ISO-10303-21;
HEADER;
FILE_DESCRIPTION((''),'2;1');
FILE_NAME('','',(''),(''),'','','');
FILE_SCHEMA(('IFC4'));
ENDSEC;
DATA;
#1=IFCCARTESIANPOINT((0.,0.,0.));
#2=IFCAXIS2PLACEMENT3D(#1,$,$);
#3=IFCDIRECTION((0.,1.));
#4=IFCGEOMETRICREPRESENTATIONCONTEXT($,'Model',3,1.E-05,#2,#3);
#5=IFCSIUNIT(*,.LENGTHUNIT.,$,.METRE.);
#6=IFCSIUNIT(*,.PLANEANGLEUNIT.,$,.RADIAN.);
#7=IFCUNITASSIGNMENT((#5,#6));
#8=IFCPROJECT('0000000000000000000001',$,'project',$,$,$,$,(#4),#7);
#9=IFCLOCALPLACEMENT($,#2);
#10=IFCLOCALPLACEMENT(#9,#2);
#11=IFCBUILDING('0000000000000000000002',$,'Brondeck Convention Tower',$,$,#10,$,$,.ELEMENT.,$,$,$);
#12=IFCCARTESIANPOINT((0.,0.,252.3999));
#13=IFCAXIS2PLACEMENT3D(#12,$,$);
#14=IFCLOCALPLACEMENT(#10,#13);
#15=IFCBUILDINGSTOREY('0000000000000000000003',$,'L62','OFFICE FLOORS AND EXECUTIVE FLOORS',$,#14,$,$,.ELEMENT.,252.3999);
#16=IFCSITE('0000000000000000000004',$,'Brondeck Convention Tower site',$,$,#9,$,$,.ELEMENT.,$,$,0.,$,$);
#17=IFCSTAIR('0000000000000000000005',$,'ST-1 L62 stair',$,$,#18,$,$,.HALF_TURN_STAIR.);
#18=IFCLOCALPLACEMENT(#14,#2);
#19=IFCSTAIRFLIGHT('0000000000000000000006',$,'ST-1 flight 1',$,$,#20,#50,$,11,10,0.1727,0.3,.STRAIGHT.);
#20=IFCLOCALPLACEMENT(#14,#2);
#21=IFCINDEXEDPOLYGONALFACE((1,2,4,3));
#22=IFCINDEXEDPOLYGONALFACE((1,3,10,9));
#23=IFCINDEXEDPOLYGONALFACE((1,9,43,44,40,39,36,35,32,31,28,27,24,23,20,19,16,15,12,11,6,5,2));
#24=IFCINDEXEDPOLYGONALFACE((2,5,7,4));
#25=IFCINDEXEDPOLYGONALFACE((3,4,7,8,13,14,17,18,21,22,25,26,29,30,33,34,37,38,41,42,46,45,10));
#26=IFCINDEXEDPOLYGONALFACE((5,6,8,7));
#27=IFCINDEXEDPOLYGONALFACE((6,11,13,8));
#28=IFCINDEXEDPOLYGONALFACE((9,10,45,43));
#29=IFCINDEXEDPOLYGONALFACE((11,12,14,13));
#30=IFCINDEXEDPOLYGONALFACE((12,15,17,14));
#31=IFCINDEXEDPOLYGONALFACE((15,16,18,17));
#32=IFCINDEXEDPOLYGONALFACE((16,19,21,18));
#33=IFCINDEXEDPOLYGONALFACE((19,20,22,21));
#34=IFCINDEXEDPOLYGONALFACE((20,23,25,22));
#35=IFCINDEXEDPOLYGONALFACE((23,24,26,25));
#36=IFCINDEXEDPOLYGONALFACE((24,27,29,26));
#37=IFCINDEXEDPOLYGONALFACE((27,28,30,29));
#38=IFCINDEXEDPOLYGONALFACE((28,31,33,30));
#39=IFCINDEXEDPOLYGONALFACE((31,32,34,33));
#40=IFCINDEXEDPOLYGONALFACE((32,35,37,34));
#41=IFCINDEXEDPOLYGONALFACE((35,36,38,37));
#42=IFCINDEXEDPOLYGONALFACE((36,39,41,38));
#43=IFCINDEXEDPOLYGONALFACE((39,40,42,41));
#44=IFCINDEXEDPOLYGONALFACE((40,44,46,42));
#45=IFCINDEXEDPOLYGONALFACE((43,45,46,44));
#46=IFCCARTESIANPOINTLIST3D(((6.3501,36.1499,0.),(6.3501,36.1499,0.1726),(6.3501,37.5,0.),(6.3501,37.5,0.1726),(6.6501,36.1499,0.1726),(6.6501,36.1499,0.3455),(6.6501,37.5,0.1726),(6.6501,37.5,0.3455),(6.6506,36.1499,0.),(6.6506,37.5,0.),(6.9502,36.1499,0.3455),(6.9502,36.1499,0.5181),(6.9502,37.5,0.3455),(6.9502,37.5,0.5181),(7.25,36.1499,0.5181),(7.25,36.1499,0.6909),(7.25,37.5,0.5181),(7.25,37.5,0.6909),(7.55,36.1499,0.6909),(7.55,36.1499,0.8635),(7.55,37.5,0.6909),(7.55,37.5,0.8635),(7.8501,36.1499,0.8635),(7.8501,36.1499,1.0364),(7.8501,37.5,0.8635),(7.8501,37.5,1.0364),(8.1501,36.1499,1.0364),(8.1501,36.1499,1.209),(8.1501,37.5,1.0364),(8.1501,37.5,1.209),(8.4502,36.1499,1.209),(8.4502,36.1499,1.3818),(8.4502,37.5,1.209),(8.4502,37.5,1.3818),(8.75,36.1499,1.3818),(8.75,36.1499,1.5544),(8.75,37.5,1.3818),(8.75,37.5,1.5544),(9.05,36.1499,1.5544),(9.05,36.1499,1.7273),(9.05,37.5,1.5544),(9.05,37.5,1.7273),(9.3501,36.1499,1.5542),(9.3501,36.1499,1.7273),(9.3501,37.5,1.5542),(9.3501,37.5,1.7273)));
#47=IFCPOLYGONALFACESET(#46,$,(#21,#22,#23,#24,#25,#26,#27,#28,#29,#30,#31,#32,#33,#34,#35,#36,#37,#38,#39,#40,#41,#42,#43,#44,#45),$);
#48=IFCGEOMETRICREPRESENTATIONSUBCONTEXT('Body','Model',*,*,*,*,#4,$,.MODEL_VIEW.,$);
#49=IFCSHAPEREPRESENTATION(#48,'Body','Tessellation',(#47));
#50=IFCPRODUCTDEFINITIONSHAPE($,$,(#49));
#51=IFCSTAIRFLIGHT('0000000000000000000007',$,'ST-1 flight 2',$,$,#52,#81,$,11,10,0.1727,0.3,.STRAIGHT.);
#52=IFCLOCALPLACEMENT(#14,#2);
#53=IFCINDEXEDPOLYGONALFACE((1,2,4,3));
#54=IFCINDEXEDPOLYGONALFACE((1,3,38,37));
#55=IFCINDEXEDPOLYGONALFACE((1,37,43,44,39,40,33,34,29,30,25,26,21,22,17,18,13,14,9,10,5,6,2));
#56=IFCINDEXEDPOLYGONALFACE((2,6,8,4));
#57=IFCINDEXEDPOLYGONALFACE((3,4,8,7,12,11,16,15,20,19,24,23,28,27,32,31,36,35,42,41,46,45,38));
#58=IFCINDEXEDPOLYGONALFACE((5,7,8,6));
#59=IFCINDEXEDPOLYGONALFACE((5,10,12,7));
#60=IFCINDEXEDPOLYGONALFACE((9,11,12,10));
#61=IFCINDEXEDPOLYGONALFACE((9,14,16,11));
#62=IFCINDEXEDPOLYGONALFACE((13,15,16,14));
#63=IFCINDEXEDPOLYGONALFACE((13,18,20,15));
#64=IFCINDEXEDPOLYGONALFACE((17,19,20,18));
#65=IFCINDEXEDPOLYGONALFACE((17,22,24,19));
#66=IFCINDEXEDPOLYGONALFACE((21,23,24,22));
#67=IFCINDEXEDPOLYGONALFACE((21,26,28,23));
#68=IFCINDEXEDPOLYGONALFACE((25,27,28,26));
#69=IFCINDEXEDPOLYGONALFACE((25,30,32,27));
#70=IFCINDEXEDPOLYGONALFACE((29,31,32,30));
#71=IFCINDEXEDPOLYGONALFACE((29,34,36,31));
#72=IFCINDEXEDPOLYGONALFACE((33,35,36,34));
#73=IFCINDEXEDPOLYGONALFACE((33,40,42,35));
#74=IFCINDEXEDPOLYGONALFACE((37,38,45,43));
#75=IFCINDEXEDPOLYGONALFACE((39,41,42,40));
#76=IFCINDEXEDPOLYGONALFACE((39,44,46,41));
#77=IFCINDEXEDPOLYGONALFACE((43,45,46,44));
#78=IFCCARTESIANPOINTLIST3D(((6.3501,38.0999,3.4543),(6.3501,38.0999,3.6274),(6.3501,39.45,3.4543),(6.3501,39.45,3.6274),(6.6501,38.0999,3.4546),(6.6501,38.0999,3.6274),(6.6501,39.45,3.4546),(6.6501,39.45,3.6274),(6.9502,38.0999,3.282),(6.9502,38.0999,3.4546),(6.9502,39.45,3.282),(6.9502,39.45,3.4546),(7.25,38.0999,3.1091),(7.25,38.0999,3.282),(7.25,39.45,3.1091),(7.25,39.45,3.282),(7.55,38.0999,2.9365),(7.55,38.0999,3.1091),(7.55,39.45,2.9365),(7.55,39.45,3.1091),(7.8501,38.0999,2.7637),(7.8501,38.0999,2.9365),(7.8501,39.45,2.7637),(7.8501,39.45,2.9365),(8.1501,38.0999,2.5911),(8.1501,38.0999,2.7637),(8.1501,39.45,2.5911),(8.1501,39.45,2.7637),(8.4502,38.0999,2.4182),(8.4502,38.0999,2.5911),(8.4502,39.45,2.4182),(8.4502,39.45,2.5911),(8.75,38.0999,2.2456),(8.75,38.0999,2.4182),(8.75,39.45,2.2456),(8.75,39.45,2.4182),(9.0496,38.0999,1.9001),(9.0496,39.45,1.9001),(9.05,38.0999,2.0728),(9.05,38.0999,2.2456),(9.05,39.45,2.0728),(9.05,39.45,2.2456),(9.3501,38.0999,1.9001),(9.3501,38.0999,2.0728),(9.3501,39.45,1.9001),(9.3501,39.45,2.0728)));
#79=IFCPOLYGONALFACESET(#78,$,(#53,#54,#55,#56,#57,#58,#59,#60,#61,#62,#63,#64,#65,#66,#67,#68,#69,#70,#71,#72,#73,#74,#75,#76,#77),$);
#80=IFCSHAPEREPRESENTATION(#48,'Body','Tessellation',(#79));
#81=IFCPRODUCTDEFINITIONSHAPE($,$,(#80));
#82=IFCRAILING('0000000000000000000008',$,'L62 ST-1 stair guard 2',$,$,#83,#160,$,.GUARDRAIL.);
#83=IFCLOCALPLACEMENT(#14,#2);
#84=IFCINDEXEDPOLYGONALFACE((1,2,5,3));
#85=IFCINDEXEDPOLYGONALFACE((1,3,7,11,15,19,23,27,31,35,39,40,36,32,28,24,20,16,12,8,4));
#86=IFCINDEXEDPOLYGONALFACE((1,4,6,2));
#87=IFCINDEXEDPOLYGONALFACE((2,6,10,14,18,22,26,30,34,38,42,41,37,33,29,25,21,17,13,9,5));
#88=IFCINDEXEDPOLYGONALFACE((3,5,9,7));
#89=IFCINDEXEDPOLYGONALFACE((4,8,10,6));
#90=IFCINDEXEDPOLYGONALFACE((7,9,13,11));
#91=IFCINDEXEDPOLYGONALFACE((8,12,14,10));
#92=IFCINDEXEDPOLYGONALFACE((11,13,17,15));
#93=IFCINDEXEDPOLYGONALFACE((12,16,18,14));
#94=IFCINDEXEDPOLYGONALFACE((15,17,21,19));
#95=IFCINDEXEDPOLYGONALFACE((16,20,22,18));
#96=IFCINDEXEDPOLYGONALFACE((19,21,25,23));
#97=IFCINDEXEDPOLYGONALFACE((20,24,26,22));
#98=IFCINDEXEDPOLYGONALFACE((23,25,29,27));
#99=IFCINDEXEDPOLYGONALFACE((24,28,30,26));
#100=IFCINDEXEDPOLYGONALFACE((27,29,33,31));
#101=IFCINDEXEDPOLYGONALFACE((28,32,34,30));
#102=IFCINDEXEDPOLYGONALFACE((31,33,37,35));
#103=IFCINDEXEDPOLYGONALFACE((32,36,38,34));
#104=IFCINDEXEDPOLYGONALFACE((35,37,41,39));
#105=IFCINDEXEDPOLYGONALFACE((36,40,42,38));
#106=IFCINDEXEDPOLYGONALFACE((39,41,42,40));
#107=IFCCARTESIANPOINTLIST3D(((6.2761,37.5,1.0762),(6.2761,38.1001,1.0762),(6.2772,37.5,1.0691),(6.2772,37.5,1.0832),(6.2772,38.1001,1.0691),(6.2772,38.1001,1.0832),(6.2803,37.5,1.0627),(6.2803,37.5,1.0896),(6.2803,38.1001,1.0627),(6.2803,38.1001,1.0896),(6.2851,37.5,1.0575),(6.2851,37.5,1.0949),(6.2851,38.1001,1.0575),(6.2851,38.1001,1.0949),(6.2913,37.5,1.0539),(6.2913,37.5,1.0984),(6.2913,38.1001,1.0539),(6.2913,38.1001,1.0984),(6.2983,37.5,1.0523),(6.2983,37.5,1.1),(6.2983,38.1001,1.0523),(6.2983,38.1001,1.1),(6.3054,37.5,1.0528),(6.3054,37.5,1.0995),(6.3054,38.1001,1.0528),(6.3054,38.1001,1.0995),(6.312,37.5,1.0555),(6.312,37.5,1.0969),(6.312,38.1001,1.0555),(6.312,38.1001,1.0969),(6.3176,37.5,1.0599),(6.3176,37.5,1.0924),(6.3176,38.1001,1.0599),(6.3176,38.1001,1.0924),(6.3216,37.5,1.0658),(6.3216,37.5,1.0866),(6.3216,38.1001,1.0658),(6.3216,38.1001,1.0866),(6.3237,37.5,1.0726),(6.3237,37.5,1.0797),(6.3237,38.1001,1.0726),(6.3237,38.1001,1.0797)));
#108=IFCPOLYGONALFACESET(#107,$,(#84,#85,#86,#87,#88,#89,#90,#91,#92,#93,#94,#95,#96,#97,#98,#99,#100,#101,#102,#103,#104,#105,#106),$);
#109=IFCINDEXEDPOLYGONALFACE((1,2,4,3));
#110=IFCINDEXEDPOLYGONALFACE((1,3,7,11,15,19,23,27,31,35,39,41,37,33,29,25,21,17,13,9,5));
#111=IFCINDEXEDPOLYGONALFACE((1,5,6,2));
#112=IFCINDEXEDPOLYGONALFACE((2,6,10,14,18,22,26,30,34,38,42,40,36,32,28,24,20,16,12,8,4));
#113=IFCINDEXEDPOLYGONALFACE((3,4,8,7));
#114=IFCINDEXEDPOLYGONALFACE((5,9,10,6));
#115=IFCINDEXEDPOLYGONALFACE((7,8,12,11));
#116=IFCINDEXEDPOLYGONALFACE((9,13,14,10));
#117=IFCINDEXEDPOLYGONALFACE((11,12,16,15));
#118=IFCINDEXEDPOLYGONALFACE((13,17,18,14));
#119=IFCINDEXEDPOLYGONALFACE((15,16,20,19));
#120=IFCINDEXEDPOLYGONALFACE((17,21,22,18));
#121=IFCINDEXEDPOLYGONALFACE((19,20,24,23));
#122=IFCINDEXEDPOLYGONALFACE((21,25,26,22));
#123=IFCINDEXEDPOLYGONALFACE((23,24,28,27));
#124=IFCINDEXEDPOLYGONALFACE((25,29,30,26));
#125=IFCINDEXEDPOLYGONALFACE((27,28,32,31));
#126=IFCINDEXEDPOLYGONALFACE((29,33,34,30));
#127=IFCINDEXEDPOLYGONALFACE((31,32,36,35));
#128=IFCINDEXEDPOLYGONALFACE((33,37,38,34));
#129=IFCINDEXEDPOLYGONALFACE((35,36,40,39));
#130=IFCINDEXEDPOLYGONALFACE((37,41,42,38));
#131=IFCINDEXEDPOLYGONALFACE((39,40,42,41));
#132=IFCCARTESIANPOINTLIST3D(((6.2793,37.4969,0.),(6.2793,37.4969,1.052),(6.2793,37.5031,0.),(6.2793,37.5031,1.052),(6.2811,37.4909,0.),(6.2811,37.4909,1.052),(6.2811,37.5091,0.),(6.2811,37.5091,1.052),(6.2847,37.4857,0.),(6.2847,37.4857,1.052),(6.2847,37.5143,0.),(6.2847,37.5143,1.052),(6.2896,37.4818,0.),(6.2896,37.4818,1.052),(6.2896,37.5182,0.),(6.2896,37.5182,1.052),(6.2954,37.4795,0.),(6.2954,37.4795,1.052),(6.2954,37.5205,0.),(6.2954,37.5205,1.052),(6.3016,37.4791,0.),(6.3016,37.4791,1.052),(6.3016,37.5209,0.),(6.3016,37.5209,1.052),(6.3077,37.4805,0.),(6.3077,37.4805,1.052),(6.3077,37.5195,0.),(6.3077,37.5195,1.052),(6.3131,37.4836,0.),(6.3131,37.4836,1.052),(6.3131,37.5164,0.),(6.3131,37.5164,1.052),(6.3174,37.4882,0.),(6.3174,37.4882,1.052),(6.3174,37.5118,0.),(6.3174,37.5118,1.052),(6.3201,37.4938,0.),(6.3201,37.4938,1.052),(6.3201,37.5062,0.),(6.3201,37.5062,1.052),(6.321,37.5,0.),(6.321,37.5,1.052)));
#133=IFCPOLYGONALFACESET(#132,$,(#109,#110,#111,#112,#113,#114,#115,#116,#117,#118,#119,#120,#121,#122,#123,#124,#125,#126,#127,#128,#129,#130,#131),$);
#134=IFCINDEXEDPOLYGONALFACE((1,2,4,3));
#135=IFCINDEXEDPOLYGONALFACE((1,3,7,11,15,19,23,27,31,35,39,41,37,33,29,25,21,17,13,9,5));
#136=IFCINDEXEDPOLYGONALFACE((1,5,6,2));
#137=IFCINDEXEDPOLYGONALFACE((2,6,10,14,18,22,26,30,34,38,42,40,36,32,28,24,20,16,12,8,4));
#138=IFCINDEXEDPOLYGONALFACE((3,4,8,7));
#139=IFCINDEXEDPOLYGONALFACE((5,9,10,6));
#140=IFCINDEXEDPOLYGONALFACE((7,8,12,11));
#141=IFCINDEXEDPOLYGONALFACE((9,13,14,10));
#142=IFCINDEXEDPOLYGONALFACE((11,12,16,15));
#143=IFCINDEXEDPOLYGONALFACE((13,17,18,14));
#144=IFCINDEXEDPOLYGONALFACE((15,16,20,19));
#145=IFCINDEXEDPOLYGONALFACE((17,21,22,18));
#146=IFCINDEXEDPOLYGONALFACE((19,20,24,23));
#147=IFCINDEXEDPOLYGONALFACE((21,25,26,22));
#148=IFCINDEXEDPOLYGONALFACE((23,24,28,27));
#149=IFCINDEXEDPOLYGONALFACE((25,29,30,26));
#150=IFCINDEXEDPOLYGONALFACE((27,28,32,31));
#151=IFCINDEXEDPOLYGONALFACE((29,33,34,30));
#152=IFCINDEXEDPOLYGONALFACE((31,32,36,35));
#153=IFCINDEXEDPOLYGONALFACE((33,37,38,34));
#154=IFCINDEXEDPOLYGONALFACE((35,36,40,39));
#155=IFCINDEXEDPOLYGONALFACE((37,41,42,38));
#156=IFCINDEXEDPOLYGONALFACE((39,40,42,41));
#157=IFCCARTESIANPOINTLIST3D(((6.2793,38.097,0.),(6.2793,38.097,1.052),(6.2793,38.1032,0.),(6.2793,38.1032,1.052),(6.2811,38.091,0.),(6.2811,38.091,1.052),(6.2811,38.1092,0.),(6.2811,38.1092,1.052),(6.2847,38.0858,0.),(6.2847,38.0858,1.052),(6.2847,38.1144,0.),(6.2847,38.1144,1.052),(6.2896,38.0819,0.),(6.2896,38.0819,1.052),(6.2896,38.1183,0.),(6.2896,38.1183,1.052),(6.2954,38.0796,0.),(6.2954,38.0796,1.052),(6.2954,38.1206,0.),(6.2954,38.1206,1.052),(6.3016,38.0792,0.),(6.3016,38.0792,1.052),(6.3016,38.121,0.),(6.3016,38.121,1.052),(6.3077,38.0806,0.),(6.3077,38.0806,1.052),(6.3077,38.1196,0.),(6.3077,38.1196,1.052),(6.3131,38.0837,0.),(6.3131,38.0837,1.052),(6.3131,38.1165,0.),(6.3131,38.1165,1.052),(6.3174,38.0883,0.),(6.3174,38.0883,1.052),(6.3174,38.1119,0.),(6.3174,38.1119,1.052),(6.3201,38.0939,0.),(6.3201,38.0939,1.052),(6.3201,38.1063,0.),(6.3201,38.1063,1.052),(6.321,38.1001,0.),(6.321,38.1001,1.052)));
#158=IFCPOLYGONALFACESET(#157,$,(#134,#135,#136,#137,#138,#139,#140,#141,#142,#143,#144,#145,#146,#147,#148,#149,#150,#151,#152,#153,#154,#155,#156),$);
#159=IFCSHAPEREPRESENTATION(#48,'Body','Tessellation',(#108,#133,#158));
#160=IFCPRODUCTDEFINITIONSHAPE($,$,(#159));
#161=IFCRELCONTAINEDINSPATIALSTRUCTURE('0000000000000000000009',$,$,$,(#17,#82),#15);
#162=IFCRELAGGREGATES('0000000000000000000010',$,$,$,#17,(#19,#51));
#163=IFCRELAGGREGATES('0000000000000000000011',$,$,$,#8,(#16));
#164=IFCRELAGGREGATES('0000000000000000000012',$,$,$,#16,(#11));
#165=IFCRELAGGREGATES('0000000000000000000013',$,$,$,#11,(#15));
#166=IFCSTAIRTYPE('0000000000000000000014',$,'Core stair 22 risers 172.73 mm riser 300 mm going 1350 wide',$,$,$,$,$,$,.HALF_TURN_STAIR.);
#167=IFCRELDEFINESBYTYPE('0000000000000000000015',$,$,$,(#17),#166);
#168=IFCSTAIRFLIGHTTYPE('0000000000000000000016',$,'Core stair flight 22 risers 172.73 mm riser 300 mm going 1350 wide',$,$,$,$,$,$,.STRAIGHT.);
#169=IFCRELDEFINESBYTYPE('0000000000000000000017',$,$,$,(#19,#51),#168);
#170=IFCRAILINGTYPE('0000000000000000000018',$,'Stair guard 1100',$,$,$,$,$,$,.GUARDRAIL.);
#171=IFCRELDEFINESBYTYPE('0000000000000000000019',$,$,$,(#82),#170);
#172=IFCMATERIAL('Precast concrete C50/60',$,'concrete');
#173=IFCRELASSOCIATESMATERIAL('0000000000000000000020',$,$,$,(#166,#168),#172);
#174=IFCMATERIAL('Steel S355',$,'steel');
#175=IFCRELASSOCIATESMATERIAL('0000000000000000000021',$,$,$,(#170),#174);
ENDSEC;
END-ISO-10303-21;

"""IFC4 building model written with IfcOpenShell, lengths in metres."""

from ifc_helpers import new_model, si_unit, direction, frame, origin, origin_2d, place, context, subcontext, project, spatial, polyline, circle, outline, extrude, material, type_object, element, aggregate, save


model = new_model("IFC4")

# Units and contexts
model_context = context("Model", 3, precision=1e-05, world=origin(), true_north=direction((0.0, 1.0)))
body_context = subcontext(model_context, "Body", "Model", "MODEL_VIEW")
ifc_project = project(units=[si_unit("LENGTHUNIT", "METRE"), si_unit("PLANEANGLEUNIT", "RADIAN")], contexts=[model_context])

# Site, building, storey
site_placement = place(None, origin())
site = spatial("IfcSite", under=ifc_project, at=site_placement, Name="Brondeck Convention Tower site", CompositionType="ELEMENT", RefElevation=0.0)
building_placement = place(site_placement, origin())
building = spatial("IfcBuilding", under=site, at=building_placement, Name="Brondeck Convention Tower", CompositionType="ELEMENT")
storey_placement = place(building_placement, frame((0.0, 0.0, 252.3999)))
storey = spatial("IfcBuildingStorey", under=building, at=storey_placement, Name="L62", Description="OFFICE FLOORS AND EXECUTIVE FLOORS", CompositionType="ELEMENT", Elevation=252.3999)

# Shared definitions
ifc_material_1 = material(Name="Steel S355", Category="steel")

# Stair, stair flights
ifc_material_2 = material(Name="Precast concrete C50/60", Category="concrete")
stair_type = type_object("IfcStairType", Name="Core stair 22 risers 172.73 mm riser 300 mm going 1350 wide", PredefinedType="HALF_TURN_STAIR", material=ifc_material_2)
stair_placement = place(storey_placement, origin())
stair = element("IfcStair", 1, at=stair_placement, inside=storey, type_object=stair_type, Name="ST-1 L62 stair", PredefinedType="HALF_TURN_STAIR")
stair_flight_type = type_object("IfcStairFlightType", Name="Core stair flight 22 risers 172.73 mm riser 300 mm going 1350 wide", PredefinedType="STRAIGHT", material=ifc_material_2)
stair_flight_1_placement = place(storey_placement, frame((6.3501, 36.825, 0.0), z_axis=(0.0, 0.0, 1.0), x_axis=(1.0, 0.0, 0.0)))
stair_flight_1 = element("IfcStairFlight", 2, at=stair_flight_1_placement, type_object=stair_flight_type, Name="ST-1 flight 1", NumberOfRisers=11, NumberOfTreads=10, PredefinedType="STRAIGHT", RiserHeight=0.1727, TreadLength=0.3, context=body_context, shape_type="SweptSolid", body=[
    extrude(outline(polyline([(0.0, 0.0), (0.0, 0.1726), (0.3, 0.1726), (0.3, 0.3455), (0.6001, 0.3455), (0.6001, 0.5181), (0.8999, 0.5181), (0.8999, 0.6909), (1.2, 0.6909), (1.2, 0.8635), (1.5, 0.8635), (1.5, 1.0364), (1.8, 1.0364), (1.8, 1.209), (2.1001, 1.209), (2.1001, 1.3818), (2.3999, 1.3818), (2.3999, 1.5544), (2.7, 1.5544), (2.7, 1.7273), (3.0, 1.7273), (3.0, 1.8999), (3.0, 1.5542), (0.3005, 0.0), (0.0, 0.0)])), frame((0.0, 0.675, 0.0), z_axis=(0.0, -1.0, 0.0), x_axis=(1.0, 0.0, 0.0)), (0.0, 0.0, 1.0), 1.3501),
])
stair_flight_2_placement = place(storey_placement, frame((9.3501, 38.7749, 1.9001), z_axis=(0.0, 0.0, 1.0), x_axis=(-1.0, 0.0, 0.0)))
stair_flight_2 = element("IfcStairFlight", 3, at=stair_flight_2_placement, type_object=stair_flight_type, Name="ST-1 flight 2", NumberOfRisers=11, NumberOfTreads=10, PredefinedType="STRAIGHT", RiserHeight=0.1727, TreadLength=0.3, context=body_context, shape_type="SweptSolid", body=[
    extrude(outline(polyline([(0.0, 0.0), (0.0, 0.1726), (0.3, 0.1726), (0.3, 0.3455), (0.6001, 0.3455), (0.6001, 0.5181), (0.8999, 0.5181), (0.8999, 0.6909), (1.2, 0.6909), (1.2, 0.8635), (1.5, 0.8635), (1.5, 1.0364), (1.8, 1.0364), (1.8, 1.209), (2.1001, 1.209), (2.1001, 1.3818), (2.3999, 1.3818), (2.3999, 1.5544), (2.7, 1.5544), (2.7, 1.7273), (3.0, 1.7273), (3.0, 1.8999), (3.0, 1.5542), (0.3005, 0.0), (0.0, 0.0)])), frame((0.0, 0.675, 0.0), z_axis=(0.0, -1.0, 0.0), x_axis=(1.0, 0.0, 0.0)), (0.0, 0.0, 1.0), 1.3501),
])
aggregate(stair, [stair_flight_1, stair_flight_2])

# Railing
railing_type_1 = type_object("IfcRailingType", Name="Stair guard 1100", PredefinedType="GUARDRAIL", material=ifc_material_1)
railing_1_placement = place(storey_placement, frame((6.3, 37.5, 0.0)))
element("IfcRailing", 4, at=railing_1_placement, inside=storey, type_object=railing_type_1, Name="L62 ST-1 stair guard 2", PredefinedType="GUARDRAIL", context=body_context, shape_type="SweptSolid", body=[
    extrude(circle(Radius=0.0239, at=origin_2d()), frame((0.0, 0.0, 1.0762), z_axis=(0.0, 1.0, 0.0), x_axis=(-1.0, 0.0, 0.0)), (0.0, 0.0, 1.0), 0.6001),
    extrude(circle(Radius=0.021, at=origin_2d()), origin(), (0.0, 0.0, 1.0), 1.052),
    extrude(circle(Radius=0.021, at=origin_2d()), frame((0.0, 0.6001, 0.0)), (0.0, 0.0, 1.0), 1.052),
])

save(model, "model.ifc")
